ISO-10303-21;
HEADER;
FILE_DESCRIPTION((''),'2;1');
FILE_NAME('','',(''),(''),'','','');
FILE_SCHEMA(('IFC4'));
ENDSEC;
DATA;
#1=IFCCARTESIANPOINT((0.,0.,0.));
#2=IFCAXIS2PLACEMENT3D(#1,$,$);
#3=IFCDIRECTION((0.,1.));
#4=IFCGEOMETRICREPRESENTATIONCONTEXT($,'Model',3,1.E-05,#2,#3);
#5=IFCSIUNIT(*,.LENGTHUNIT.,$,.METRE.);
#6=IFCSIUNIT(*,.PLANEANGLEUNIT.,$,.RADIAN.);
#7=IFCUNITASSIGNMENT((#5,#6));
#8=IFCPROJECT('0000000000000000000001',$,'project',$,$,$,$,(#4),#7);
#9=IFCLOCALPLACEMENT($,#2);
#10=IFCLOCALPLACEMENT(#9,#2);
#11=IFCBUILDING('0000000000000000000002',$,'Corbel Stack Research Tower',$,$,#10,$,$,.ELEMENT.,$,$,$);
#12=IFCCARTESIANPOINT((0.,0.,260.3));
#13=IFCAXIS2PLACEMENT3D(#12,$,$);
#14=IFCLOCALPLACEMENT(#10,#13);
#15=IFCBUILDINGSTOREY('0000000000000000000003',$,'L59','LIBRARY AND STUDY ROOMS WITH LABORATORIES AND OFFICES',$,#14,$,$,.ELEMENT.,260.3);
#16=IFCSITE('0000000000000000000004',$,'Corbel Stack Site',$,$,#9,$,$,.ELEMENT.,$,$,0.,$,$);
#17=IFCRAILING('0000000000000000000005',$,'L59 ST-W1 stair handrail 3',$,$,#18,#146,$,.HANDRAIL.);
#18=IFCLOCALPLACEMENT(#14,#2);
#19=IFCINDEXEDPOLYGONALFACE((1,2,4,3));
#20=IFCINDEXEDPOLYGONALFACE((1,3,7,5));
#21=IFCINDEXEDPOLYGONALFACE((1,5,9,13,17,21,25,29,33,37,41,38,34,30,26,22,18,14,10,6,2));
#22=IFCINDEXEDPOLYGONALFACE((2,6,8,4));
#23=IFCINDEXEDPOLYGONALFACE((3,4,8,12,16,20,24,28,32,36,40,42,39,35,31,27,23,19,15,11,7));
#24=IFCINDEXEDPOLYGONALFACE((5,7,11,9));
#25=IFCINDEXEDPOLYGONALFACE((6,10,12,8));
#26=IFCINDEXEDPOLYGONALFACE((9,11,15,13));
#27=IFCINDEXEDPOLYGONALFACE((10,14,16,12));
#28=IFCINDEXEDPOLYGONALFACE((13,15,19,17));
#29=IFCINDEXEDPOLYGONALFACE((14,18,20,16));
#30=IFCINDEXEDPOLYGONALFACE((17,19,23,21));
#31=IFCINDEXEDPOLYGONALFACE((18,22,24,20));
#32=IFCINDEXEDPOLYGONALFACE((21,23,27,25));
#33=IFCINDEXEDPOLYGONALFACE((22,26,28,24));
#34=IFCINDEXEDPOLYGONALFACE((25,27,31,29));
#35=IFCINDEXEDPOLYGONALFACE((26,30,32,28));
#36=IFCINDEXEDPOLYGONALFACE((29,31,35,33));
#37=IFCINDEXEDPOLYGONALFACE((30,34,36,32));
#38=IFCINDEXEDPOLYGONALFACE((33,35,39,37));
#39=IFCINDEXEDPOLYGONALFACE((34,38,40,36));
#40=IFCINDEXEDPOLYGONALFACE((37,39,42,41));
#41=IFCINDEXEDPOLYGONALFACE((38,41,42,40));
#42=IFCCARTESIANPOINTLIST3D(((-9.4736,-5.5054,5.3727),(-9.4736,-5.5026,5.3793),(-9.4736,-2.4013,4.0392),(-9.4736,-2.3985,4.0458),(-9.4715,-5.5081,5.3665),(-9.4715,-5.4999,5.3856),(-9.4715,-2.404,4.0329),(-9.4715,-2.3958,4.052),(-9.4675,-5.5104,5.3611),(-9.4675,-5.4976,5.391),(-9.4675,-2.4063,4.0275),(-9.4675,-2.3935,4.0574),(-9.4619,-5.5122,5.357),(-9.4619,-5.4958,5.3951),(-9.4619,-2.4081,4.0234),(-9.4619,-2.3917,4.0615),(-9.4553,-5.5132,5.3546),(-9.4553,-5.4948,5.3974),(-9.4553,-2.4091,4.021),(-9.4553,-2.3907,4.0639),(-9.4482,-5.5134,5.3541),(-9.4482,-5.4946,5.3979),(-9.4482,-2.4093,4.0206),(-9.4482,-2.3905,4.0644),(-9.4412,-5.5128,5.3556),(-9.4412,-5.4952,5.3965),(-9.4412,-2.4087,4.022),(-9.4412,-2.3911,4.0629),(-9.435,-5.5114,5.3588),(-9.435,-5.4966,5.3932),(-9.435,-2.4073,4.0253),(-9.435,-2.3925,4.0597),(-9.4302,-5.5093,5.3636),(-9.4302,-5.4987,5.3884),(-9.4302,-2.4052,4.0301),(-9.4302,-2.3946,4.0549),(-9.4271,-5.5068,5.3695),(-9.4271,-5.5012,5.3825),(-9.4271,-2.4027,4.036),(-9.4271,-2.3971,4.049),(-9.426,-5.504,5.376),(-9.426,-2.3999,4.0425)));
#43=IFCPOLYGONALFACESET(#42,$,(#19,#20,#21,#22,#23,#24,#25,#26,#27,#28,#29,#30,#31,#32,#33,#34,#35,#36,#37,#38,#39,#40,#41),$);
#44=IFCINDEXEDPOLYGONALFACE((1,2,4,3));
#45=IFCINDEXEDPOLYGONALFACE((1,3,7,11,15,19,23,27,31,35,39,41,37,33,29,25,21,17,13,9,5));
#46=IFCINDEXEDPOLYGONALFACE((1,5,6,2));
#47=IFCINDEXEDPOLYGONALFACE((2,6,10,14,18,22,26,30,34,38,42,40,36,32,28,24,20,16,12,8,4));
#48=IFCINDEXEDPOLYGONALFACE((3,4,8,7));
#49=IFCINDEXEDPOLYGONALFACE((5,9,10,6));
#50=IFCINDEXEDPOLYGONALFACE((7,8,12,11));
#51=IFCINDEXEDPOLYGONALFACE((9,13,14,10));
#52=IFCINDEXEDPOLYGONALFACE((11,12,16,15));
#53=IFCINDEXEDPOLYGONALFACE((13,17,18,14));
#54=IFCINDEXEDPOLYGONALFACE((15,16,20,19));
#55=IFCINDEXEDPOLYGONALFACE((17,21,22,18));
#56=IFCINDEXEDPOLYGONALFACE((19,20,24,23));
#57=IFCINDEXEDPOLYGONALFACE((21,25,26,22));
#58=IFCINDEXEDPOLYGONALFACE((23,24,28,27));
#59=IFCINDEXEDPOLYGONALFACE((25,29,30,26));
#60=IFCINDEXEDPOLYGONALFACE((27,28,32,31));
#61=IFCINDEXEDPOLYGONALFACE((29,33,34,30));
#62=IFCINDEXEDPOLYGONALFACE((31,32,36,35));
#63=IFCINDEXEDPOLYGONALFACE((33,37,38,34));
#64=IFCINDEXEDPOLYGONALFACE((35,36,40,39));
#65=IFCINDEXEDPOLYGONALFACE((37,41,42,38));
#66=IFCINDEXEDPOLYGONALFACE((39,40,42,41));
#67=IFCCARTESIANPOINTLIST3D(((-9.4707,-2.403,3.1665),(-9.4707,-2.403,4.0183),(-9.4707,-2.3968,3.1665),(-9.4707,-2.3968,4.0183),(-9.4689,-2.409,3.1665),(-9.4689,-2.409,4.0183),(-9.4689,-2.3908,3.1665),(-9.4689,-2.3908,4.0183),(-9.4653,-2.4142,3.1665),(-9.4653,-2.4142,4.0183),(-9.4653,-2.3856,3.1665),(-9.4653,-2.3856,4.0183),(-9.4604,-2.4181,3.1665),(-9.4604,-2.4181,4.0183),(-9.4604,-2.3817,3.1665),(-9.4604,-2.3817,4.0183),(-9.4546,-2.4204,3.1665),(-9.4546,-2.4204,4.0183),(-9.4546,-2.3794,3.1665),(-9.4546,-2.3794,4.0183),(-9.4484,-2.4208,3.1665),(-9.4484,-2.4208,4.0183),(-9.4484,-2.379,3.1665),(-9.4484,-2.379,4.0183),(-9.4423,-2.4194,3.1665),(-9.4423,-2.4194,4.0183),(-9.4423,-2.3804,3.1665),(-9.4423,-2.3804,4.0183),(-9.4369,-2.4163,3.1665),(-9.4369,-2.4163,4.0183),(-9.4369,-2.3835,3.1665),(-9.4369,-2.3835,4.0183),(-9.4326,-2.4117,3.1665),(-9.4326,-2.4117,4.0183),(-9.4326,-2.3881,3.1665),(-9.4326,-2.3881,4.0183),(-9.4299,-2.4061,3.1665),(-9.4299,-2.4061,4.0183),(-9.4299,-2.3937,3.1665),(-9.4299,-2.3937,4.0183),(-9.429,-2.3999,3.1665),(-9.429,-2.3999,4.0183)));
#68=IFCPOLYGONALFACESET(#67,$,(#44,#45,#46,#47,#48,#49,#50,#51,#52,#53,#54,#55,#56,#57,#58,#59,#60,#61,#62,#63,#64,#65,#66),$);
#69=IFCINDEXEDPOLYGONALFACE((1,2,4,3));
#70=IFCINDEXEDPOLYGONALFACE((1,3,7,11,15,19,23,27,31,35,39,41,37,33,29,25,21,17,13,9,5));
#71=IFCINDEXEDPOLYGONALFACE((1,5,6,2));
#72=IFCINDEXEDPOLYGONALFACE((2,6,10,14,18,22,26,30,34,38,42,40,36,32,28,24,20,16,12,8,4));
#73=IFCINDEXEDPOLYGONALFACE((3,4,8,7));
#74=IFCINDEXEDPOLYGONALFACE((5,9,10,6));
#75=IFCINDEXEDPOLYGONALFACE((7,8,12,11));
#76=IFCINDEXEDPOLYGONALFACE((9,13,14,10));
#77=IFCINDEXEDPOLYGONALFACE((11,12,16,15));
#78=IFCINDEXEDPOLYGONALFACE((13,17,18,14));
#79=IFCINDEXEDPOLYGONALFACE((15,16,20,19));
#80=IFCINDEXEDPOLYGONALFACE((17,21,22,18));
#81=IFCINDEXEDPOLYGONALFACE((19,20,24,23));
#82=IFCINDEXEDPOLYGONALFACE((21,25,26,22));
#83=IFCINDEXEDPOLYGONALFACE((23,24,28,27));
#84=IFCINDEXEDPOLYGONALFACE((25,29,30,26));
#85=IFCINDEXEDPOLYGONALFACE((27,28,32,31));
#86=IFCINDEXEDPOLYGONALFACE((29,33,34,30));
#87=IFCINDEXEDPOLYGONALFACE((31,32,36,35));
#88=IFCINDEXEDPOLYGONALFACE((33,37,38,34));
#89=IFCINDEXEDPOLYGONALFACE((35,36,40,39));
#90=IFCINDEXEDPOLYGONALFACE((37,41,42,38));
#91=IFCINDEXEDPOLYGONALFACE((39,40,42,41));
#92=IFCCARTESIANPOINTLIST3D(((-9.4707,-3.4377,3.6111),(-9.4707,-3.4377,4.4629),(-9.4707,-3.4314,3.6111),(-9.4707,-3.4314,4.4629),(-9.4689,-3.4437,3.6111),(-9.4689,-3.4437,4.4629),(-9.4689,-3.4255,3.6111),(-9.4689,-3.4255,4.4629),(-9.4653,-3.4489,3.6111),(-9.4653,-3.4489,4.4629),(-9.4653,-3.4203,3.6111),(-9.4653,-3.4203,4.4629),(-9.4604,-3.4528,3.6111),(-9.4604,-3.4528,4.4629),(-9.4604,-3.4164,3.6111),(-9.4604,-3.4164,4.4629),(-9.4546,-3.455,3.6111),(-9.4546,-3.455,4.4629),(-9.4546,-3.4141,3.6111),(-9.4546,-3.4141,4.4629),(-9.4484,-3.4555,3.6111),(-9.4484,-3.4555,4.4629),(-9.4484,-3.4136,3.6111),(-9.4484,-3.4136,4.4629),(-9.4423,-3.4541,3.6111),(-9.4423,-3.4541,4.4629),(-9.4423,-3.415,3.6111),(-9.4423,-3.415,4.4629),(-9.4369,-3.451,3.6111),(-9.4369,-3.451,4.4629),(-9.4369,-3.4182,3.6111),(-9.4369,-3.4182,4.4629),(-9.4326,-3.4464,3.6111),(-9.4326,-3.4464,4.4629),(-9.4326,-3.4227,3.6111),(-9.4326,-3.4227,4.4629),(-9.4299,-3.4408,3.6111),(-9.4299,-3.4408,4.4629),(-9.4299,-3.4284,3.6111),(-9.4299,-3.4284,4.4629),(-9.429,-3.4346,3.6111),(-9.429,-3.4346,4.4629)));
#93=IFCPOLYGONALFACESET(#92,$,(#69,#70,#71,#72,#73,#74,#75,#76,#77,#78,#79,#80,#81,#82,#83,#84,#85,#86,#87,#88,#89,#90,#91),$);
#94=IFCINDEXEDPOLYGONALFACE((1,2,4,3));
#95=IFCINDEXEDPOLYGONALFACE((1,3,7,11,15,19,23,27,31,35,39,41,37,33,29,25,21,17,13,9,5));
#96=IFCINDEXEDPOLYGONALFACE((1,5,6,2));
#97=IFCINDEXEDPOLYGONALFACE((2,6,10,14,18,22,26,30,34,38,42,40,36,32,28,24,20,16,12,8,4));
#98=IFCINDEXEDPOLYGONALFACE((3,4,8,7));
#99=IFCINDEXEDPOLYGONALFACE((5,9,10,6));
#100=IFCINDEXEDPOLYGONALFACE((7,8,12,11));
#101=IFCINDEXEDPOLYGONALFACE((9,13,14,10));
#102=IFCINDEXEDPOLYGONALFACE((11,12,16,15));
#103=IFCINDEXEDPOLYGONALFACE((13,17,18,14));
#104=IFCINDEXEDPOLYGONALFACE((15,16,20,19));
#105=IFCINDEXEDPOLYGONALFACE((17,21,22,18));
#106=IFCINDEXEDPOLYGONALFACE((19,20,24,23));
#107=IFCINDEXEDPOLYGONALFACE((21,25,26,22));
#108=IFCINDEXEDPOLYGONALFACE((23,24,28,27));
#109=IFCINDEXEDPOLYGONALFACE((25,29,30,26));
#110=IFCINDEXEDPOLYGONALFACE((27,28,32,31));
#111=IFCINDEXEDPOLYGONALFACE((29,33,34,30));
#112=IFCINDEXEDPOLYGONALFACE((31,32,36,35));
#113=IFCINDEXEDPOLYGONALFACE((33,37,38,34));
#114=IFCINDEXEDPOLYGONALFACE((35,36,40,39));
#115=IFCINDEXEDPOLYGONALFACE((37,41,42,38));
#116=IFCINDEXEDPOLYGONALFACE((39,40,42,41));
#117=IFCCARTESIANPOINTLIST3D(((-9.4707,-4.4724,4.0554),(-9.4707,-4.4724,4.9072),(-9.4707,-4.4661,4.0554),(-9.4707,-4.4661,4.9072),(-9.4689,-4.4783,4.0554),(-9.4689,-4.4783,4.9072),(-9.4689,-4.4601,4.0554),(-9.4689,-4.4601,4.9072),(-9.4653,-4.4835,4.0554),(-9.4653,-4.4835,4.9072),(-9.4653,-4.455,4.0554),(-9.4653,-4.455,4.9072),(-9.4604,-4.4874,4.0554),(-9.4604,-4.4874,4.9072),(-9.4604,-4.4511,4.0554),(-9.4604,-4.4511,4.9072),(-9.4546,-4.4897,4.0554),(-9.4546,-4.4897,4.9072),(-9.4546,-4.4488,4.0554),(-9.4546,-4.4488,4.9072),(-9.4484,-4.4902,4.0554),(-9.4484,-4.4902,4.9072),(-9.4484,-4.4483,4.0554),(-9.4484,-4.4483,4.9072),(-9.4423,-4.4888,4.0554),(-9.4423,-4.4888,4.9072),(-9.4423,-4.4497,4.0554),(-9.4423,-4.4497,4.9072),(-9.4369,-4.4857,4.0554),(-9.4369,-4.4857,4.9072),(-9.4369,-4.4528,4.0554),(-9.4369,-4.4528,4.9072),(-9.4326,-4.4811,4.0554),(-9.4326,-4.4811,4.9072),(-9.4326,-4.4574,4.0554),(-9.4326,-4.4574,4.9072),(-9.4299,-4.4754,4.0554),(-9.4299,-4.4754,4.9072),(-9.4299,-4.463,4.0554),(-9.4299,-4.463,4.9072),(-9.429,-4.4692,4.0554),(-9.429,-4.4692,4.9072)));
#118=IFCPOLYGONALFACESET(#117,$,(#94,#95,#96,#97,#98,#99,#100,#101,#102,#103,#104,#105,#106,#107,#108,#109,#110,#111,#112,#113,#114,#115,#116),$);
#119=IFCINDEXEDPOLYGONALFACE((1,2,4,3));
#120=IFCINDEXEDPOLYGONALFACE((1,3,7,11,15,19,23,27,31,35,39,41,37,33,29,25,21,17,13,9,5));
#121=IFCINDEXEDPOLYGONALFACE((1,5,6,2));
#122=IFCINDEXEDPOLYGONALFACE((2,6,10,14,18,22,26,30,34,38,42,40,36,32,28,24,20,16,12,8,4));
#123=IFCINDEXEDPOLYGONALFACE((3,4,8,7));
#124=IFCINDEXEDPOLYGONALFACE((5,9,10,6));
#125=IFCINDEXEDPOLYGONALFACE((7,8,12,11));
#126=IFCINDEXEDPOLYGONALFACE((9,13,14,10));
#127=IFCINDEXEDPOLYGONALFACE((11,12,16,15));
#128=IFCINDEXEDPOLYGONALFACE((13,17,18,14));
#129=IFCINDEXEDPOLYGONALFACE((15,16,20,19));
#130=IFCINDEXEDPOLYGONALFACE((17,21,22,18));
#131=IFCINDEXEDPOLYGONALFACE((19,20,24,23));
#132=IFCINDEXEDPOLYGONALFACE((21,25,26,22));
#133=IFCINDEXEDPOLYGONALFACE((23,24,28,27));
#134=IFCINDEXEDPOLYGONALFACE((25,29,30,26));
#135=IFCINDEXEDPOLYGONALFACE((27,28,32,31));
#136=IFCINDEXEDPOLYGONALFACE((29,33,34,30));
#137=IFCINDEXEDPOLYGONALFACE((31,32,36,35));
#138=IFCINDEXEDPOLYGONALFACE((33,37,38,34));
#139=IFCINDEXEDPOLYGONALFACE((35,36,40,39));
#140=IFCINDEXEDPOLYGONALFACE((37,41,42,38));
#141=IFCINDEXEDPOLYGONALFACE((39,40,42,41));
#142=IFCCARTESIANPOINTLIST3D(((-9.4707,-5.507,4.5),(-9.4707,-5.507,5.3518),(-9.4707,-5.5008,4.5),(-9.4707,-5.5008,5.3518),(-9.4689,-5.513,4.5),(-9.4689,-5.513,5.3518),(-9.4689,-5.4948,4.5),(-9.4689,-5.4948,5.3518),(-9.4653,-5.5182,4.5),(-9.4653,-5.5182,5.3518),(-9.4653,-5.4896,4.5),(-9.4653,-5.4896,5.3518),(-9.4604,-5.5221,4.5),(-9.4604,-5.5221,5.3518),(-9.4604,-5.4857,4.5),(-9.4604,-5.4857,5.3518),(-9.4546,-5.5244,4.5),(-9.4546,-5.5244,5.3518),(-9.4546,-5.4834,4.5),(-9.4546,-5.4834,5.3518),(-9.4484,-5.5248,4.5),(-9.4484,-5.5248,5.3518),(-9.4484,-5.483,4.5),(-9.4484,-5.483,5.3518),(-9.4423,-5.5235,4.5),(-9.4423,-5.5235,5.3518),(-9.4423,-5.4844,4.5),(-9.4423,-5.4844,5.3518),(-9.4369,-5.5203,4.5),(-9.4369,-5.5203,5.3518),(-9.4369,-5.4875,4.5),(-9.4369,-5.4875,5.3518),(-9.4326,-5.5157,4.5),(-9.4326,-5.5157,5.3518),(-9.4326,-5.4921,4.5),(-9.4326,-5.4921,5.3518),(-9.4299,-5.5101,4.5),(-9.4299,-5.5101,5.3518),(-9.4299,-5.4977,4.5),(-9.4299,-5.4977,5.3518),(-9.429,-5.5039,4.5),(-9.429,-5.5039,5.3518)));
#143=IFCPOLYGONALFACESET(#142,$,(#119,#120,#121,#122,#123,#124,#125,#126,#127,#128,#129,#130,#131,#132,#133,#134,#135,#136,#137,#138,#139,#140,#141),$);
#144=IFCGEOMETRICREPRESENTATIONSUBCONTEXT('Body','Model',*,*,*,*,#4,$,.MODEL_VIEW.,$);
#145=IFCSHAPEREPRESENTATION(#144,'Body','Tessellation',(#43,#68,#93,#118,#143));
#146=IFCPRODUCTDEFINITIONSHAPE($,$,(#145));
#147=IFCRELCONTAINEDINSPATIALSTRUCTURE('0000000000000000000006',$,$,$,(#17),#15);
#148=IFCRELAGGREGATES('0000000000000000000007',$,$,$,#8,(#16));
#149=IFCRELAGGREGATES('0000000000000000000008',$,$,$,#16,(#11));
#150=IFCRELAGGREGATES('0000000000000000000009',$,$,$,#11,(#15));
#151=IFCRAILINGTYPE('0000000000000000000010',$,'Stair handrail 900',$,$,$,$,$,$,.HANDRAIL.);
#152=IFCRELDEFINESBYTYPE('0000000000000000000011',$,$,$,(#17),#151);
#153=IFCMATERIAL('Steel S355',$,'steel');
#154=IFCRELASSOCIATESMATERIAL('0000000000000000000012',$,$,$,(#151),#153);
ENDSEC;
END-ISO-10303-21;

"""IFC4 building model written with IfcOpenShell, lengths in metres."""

from ifc_helpers import new_model, si_unit, direction, frame, origin, origin_2d, place, context, subcontext, project, spatial, circle, extrude, material, type_object, element, save


model = new_model("IFC4")

# Units and contexts
model_context = context("Model", 3, precision=1e-05, world=origin(), true_north=direction((0.0, 1.0)))
body_context = subcontext(model_context, "Body", "Model", "MODEL_VIEW")
ifc_project = project(units=[si_unit("LENGTHUNIT", "METRE"), si_unit("PLANEANGLEUNIT", "RADIAN")], contexts=[model_context])

# Site, building, storey
site_placement = place(None, origin())
site = spatial("IfcSite", under=ifc_project, at=site_placement, Name="Corbel Stack Site", CompositionType="ELEMENT", RefElevation=0.0)
building_placement = place(site_placement, origin())
building = spatial("IfcBuilding", under=site, at=building_placement, Name="Corbel Stack Research Tower", CompositionType="ELEMENT")
storey_placement = place(building_placement, frame((0.0, 0.0, 260.3)))
storey = spatial("IfcBuildingStorey", under=building, at=storey_placement, Name="L59", Description="LIBRARY AND STUDY ROOMS WITH LABORATORIES AND OFFICES", CompositionType="ELEMENT", Elevation=260.3)

# Railing
ifc_material_1 = material(Name="Steel S355", Category="steel")
railing_type_1 = type_object("IfcRailingType", Name="Stair handrail 900", PredefinedType="HANDRAIL", material=ifc_material_1)
for number, where, name in (
    (1, (-9.45, -2.3999, 3.1665), "L59 ST-W1 stair handrail 3"),
):
    element("IfcRailing", number, at=place(storey_placement, frame(where)), inside=storey, type_object=railing_type_1, Name=name, PredefinedType="HANDRAIL", context=body_context, shape_type="SweptSolid", body=[
        extrude(circle(Radius=0.0239, at=origin_2d()), frame((0.0, 0.0, 0.876), z_axis=(0.0, -0.918801, 0.394722), x_axis=(1.0, 0.0, 0.0)), (0.0, 0.0, 1.0), 3.3784),
        extrude(circle(Radius=0.021, at=origin_2d()), origin(), (0.0, 0.0, 1.0), 0.8518),
        extrude(circle(Radius=0.021, at=origin_2d()), frame((0.0, -1.0347, 0.4446)), (0.0, 0.0, 1.0), 0.8518),
        extrude(circle(Radius=0.021, at=origin_2d()), frame((0.0, -2.0693, 0.8889)), (0.0, 0.0, 1.0), 0.8518),
        extrude(circle(Radius=0.021, at=origin_2d()), frame((0.0, -3.104, 1.3335)), (0.0, 0.0, 1.0), 0.8518),
    ])

save(model, "model.ifc")
